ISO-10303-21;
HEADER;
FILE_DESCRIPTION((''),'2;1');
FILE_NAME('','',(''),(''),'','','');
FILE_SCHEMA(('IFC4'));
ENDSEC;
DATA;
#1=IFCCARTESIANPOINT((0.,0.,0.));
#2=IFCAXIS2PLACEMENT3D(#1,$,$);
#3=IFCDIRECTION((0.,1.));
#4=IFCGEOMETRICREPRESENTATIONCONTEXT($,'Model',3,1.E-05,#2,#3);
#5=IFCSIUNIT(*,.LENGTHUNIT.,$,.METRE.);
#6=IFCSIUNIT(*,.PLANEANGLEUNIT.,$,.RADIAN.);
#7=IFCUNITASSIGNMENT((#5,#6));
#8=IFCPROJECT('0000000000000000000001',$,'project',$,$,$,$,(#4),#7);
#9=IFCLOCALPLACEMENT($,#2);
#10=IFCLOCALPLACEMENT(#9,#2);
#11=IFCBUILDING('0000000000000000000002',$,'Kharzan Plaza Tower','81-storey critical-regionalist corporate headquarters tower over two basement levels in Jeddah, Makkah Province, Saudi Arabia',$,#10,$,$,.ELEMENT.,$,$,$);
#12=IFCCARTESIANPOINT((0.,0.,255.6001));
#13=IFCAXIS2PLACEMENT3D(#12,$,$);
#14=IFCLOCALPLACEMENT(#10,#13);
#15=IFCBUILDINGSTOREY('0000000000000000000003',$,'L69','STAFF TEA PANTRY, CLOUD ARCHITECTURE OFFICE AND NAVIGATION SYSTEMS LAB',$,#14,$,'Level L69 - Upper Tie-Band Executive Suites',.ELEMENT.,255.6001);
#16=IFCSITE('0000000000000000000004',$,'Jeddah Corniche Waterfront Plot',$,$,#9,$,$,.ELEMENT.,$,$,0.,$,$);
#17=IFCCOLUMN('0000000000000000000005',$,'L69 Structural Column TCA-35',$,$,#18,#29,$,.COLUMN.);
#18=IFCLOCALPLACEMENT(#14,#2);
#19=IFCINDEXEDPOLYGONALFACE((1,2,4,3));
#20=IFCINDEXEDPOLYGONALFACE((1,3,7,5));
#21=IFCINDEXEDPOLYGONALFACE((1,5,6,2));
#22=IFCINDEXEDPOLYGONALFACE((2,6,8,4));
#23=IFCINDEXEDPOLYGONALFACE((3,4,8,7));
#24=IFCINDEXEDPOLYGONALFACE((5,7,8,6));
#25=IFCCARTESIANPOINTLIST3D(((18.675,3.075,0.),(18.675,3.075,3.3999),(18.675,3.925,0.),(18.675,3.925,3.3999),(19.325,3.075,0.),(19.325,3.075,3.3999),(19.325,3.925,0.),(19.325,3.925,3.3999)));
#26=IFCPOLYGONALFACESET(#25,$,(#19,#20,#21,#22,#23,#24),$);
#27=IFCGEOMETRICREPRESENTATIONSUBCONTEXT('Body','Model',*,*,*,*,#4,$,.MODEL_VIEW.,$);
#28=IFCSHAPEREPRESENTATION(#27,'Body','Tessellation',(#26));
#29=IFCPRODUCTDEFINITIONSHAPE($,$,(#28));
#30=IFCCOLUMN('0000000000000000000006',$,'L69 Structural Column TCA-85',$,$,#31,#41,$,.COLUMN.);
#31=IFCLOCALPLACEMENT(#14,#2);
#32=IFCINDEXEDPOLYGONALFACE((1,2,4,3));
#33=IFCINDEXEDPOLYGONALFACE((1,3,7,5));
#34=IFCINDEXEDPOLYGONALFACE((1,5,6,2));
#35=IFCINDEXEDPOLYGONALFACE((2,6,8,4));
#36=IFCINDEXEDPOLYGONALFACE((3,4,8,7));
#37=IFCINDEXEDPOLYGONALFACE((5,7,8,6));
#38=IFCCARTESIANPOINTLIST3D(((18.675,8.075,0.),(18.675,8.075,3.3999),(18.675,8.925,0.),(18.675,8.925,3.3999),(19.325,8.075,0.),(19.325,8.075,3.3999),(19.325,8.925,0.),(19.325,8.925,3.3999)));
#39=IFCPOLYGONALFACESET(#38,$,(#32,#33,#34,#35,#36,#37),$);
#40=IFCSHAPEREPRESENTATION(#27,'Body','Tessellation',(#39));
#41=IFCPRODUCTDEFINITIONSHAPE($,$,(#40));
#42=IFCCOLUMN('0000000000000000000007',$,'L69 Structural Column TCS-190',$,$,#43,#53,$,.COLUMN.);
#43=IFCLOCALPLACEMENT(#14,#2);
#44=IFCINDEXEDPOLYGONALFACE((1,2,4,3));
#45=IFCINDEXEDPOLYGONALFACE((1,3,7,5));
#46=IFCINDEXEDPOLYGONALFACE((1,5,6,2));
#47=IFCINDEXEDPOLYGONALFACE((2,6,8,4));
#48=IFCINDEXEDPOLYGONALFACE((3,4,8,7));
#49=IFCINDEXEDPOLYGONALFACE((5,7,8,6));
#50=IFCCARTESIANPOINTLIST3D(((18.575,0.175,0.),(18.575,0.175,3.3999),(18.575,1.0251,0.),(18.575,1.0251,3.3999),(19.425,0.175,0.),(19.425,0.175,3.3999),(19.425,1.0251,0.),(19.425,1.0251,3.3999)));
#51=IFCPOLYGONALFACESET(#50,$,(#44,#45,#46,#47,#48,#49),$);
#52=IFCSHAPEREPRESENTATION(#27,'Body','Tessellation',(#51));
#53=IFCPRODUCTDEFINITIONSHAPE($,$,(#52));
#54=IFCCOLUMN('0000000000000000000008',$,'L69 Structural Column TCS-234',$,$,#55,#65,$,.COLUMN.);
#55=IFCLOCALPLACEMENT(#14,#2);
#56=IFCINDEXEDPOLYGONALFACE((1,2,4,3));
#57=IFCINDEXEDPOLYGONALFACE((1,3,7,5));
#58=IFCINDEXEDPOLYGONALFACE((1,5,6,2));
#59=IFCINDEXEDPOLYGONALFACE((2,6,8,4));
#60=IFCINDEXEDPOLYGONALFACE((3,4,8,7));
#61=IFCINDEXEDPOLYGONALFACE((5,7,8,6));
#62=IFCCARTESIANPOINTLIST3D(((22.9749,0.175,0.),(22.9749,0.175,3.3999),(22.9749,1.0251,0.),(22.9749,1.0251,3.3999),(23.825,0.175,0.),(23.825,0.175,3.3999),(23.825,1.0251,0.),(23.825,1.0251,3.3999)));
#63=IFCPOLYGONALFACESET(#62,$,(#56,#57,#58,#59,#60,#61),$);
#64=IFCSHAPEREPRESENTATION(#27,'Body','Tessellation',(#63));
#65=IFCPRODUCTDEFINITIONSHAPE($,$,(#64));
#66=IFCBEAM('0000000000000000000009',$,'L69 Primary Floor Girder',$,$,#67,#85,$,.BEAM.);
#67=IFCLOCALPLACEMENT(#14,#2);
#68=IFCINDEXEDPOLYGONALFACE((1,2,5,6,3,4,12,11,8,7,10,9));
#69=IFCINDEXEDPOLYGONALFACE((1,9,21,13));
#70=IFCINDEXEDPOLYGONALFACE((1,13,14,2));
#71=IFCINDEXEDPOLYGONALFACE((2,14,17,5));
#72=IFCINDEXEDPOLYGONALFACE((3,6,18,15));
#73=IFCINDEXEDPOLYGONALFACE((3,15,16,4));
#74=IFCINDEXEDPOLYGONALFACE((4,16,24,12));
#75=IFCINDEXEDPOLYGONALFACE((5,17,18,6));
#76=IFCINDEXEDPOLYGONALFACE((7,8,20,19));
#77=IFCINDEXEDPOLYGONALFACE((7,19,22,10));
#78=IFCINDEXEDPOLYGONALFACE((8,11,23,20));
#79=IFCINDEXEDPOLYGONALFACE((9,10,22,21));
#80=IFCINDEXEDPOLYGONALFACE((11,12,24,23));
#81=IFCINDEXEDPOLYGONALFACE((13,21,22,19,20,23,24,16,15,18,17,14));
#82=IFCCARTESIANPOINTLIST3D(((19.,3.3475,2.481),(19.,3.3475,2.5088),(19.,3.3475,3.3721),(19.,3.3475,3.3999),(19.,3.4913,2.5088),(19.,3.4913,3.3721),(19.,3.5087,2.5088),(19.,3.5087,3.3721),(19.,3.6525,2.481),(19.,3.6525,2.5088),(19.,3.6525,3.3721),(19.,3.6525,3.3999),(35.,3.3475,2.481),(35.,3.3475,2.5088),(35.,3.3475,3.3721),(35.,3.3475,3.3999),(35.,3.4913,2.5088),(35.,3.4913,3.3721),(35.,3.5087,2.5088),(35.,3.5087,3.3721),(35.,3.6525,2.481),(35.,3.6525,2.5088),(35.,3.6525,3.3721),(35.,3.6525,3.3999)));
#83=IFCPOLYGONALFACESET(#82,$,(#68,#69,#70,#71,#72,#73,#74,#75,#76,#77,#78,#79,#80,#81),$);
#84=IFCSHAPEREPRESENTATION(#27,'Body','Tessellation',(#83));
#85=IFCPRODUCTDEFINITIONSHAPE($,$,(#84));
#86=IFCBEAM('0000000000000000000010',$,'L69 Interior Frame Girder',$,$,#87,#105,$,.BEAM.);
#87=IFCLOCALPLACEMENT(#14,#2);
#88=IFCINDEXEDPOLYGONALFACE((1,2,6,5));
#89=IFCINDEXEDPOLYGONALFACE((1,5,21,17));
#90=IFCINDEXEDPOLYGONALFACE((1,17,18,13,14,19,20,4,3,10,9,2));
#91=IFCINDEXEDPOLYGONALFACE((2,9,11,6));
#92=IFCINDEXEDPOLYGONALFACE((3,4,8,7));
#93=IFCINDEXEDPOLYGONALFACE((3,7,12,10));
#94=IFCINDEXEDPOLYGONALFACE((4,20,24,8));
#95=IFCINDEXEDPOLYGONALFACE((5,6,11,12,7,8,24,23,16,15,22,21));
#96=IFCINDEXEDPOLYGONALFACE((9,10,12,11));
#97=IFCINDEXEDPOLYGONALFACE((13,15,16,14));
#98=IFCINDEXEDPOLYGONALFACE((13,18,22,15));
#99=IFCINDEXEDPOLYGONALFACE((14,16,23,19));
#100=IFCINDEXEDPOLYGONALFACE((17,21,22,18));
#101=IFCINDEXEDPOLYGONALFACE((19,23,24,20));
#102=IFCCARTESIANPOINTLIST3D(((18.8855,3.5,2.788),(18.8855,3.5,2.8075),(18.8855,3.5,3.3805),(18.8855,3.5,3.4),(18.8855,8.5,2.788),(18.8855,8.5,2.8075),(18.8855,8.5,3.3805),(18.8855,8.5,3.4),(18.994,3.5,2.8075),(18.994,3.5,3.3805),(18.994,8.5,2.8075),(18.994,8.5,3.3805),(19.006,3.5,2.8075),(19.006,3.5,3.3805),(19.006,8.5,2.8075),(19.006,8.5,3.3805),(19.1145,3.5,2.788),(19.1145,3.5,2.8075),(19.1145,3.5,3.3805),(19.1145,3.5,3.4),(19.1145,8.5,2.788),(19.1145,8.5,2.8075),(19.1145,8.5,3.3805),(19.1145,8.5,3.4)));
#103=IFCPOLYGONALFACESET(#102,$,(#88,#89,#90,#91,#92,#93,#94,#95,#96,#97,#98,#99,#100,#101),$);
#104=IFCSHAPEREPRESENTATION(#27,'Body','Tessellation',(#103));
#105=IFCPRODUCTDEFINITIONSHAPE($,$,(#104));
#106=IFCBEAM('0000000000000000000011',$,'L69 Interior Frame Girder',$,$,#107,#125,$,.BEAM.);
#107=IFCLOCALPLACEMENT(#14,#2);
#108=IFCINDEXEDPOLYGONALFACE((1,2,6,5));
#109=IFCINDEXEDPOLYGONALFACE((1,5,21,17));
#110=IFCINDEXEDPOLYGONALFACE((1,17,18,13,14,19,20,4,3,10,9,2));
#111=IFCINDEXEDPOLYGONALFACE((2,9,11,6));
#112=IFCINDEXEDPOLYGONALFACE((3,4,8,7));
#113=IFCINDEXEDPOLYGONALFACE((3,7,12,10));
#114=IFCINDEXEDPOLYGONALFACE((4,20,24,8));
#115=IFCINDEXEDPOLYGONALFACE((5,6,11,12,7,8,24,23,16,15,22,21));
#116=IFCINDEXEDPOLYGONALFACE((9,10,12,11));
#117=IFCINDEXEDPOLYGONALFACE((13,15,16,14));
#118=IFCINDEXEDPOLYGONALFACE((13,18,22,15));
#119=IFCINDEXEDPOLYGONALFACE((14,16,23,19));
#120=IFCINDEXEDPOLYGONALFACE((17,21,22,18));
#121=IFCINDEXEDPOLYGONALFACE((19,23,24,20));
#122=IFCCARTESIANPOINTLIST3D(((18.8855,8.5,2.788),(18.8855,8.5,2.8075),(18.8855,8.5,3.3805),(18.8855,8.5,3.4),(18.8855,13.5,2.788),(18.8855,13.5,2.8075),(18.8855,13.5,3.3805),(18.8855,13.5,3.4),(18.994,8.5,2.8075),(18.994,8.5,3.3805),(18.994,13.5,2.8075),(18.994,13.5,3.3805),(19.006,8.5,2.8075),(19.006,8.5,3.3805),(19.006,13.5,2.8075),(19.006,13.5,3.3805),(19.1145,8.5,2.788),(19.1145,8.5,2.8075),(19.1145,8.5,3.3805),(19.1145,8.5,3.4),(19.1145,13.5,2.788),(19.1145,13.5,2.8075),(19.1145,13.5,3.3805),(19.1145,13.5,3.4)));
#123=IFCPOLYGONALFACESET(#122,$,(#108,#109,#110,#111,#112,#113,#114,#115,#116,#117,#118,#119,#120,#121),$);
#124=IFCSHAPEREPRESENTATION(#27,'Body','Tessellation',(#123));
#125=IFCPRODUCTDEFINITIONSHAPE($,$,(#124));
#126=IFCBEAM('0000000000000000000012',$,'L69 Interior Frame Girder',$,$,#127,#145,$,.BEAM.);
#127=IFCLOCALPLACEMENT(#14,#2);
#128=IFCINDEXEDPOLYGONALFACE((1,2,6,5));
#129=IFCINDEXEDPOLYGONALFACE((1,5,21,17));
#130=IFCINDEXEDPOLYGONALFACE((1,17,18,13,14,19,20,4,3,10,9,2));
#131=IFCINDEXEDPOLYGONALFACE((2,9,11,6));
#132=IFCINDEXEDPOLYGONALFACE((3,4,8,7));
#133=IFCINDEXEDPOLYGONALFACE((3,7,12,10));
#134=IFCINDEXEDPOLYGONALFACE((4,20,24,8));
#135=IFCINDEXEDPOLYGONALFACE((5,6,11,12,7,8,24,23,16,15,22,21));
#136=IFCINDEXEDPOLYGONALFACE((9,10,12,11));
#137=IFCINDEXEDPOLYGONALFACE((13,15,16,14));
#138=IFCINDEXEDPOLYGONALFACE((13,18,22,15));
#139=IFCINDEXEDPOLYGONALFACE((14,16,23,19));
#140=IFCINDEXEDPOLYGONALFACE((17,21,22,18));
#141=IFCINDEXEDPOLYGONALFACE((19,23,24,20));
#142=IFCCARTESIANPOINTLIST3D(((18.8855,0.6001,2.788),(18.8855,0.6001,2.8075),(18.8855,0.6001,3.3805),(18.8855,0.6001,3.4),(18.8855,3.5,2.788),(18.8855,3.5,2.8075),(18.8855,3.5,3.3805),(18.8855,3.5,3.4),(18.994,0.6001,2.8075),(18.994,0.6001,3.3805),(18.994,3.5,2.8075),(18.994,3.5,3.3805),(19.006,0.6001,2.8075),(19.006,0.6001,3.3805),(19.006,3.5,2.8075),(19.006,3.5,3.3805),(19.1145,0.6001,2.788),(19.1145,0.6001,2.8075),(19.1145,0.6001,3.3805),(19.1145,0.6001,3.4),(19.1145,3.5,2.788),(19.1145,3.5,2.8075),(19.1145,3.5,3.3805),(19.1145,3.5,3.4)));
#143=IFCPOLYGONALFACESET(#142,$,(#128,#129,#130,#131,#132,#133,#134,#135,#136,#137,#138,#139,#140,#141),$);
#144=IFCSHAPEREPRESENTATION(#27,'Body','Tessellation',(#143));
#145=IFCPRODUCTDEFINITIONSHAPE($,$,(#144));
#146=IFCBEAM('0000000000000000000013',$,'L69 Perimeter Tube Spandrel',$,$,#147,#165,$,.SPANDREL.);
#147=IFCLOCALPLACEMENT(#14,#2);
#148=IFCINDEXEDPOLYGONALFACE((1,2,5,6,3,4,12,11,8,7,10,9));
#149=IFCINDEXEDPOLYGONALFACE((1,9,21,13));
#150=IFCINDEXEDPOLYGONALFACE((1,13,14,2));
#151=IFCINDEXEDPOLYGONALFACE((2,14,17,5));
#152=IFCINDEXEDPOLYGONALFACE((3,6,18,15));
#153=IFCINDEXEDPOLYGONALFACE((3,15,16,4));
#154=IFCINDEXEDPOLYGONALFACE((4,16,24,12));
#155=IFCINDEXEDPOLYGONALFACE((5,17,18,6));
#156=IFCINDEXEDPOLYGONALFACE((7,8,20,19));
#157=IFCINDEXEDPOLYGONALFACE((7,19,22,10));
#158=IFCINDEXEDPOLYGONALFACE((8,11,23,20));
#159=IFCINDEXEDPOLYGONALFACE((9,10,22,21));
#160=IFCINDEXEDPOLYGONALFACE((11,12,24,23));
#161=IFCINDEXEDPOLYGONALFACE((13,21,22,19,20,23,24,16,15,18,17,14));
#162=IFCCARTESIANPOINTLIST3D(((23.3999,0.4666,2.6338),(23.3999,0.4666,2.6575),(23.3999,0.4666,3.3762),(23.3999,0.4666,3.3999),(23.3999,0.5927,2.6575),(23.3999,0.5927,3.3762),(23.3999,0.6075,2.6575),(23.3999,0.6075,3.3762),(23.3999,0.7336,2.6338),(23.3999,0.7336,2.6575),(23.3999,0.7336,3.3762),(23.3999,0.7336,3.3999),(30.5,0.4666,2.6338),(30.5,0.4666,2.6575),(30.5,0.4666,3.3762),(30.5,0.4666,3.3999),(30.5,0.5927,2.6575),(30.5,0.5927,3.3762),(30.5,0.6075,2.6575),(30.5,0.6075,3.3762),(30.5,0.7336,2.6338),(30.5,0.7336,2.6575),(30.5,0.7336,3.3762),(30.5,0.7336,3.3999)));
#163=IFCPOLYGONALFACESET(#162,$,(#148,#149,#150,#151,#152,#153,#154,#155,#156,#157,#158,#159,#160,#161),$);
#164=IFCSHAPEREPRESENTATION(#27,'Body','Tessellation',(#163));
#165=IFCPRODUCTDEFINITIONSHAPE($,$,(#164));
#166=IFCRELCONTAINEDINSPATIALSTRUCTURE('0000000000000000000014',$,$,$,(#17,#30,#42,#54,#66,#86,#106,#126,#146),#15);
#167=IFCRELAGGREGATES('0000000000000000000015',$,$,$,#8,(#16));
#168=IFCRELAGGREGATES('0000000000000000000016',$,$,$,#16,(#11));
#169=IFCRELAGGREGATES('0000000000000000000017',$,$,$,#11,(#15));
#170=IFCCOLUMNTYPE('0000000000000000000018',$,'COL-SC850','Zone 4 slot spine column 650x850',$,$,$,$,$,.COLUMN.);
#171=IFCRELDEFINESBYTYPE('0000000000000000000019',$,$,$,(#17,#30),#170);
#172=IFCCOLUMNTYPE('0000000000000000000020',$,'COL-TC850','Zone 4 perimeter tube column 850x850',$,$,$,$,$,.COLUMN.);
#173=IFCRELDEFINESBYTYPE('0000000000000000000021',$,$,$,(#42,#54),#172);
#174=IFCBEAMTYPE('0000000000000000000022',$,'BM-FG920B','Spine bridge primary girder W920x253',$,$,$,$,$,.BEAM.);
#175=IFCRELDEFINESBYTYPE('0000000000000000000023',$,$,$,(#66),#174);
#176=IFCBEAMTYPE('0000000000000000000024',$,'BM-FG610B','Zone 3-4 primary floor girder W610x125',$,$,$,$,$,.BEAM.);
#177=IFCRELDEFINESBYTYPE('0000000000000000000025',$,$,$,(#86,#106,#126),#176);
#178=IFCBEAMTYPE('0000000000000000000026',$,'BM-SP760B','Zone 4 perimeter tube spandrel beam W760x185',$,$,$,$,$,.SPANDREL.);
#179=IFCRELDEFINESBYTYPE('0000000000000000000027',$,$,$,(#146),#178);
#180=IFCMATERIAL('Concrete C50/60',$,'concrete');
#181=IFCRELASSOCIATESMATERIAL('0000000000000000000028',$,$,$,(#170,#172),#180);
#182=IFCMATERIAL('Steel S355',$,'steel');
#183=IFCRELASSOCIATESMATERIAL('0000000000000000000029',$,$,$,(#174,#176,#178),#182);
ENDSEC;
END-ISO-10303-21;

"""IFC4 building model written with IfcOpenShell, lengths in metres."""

from ifc_helpers import new_model, si_unit, direction, frame, origin, origin_2d, place, context, subcontext, project, spatial, rectangle, i_section, extrude, source, transform, mapped, material, material_profile, profile_set, type_object, element, save


model = new_model("IFC4")

# Units and contexts
model_context = context("Model", 3, precision=1e-05, world=origin(), true_north=direction((0.0, 1.0)))
body_context = subcontext(model_context, "Body", "Model", "MODEL_VIEW")
ifc_project = project(units=[si_unit("LENGTHUNIT", "METRE"), si_unit("PLANEANGLEUNIT", "RADIAN")], contexts=[model_context])

# Site, building, storey
site_placement = place(None, origin())
site = spatial("IfcSite", under=ifc_project, at=site_placement, Name="Jeddah Corniche Waterfront Plot", CompositionType="ELEMENT", RefElevation=0.0)
building_placement = place(site_placement, origin())
building = spatial("IfcBuilding", under=site, at=building_placement, Name="Kharzan Plaza Tower", Description="81-storey critical-regionalist corporate headquarters tower over two basement levels in Jeddah, Makkah Province, Saudi Arabia", CompositionType="ELEMENT")
storey_placement = place(building_placement, frame((0.0, 0.0, 255.6001)))
storey = spatial("IfcBuildingStorey", under=building, at=storey_placement, Name="L69", Description="STAFF TEA PANTRY, CLOUD ARCHITECTURE OFFICE AND NAVIGATION SYSTEMS LAB", LongName="Level L69 - Upper Tie-Band Executive Suites", CompositionType="ELEMENT", Elevation=255.6001)

# Columns
ifc_material_1 = material(Name="Concrete C50/60", Category="concrete")
ifc_material_profile_1 = material_profile(ifc_material_1, rectangle(XDim=0.6499, YDim=0.8501, at=origin_2d()), Name="RC-SC850x650")
ifc_profile_set_1 = profile_set([ifc_material_profile_1], Name="Concrete C50/60")
column_type_1 = type_object("IfcColumnType", Name="COL-SC850", Description="Zone 4 slot spine column 650x850", PredefinedType="COLUMN", material=ifc_profile_set_1)
shared_shape_1 = source(origin(), body_context, "Body", "SweptSolid", [
    extrude(rectangle(XDim=0.6499, YDim=0.8501, at=origin_2d()), origin(), (0.0, 0.0, 1.0), 3.3999),
])
for number, where, z_axis, x_axis, name in (
    (1, (19.0, 3.5, 0.0), (0.0, 0.0, 1.0), (1.0, 0.0, 0.0), "L69 Structural Column TCA-35"),
    (2, (19.0, 8.5, 0.0), (0.0, 0.0, 1.0), (1.0, 0.0, 0.0), "L69 Structural Column TCA-85"),
):
    element("IfcColumn", number, at=place(storey_placement, frame(where, z_axis=z_axis, x_axis=x_axis)), inside=storey, type_object=column_type_1, Name=name, PredefinedType="COLUMN", context=body_context, shape_type="MappedRepresentation", body=[
        mapped(shared_shape_1, transform((0.0, 0.0, 0.0), x_axis=(1.0, 0.0, 0.0), y_axis=(0.0, 1.0, 0.0), z_axis=(0.0, 0.0, 1.0))),
    ])
ifc_material_profile_2 = material_profile(ifc_material_1, rectangle(XDim=0.8501, YDim=0.8501, at=origin_2d()), Name="RC-TC850x850")
ifc_profile_set_2 = profile_set([ifc_material_profile_2], Name="Concrete C50/60")
column_type_2 = type_object("IfcColumnType", Name="COL-TC850", Description="Zone 4 perimeter tube column 850x850", PredefinedType="COLUMN", material=ifc_profile_set_2)
shared_shape_2 = source(origin(), body_context, "Body", "SweptSolid", [
    extrude(rectangle(XDim=0.8501, YDim=0.8501, at=origin_2d()), origin(), (0.0, 0.0, 1.0), 3.3999),
])
for number, where, z_axis, x_axis, name in (
    (3, (19.0, 0.6001, 0.0), (0.0, 0.0, 1.0), (1.0, 0.0, 0.0), "L69 Structural Column TCS-190"),
    (4, (23.3999, 0.6001, 0.0), (0.0, 0.0, 1.0), (1.0, 0.0, 0.0), "L69 Structural Column TCS-234"),
):
    element("IfcColumn", number, at=place(storey_placement, frame(where, z_axis=z_axis, x_axis=x_axis)), inside=storey, type_object=column_type_2, Name=name, PredefinedType="COLUMN", context=body_context, shape_type="MappedRepresentation", body=[
        mapped(shared_shape_2, transform((0.0, 0.0, 0.0), x_axis=(1.0, 0.0, 0.0), y_axis=(0.0, 1.0, 0.0), z_axis=(0.0, 0.0, 1.0))),
    ])

# Beams
ifc_material_2 = material(Name="Steel S355", Category="steel")
ifc_material_profile_3 = material_profile(ifc_material_2, i_section(OverallWidth=0.3049, OverallDepth=0.9189, WebThickness=0.0173, FlangeThickness=0.0278, at=origin_2d()), Name="W920x253")
ifc_profile_set_3 = profile_set([ifc_material_profile_3], Name="Steel S355")
beam_type_1 = type_object("IfcBeamType", Name="BM-FG920B", Description="Spine bridge primary girder W920x253", PredefinedType="BEAM", material=ifc_profile_set_3)
shared_shape_3 = source(origin(), body_context, "Body", "SweptSolid", [
    extrude(i_section(OverallWidth=0.3049, OverallDepth=0.9189, WebThickness=0.0173, FlangeThickness=0.0278, at=origin_2d()), origin(), (0.0, 0.0, 1.0), 16.0),
])
beam_1_placement = place(storey_placement, frame((19.0, 3.5, 2.9404), z_axis=(1.0, 0.0, 0.0), x_axis=(0.0, 1.0, 0.0)))
element("IfcBeam", 5, at=beam_1_placement, inside=storey, type_object=beam_type_1, Name="L69 Primary Floor Girder", PredefinedType="BEAM", context=body_context, shape_type="MappedRepresentation", body=[
    mapped(shared_shape_3, transform((0.0, 0.0, 0.0), x_axis=(1.0, 0.0, 0.0), y_axis=(0.0, 1.0, 0.0), z_axis=(0.0, 0.0, 1.0))),
])
ifc_material_profile_4 = material_profile(ifc_material_2, i_section(OverallWidth=0.229, OverallDepth=0.6121, WebThickness=0.012, FlangeThickness=0.0195, at=origin_2d()), Name="W610x125")
ifc_profile_set_4 = profile_set([ifc_material_profile_4], Name="Steel S355")
beam_type_2 = type_object("IfcBeamType", Name="BM-FG610B", Description="Zone 3-4 primary floor girder W610x125", PredefinedType="BEAM", material=ifc_profile_set_4)
shared_shape_4 = source(origin(), body_context, "Body", "SweptSolid", [
    extrude(i_section(OverallWidth=0.229, OverallDepth=0.6121, WebThickness=0.012, FlangeThickness=0.0195, at=origin_2d()), origin(), (0.0, 0.0, 1.0), 5.0),
])
for number, where, z_axis, x_axis, name in (
    (6, (19.0, 3.5, 3.094), (0.0, 1.0, 0.0), (-1.0, 0.0, 0.0), "L69 Interior Frame Girder"),
    (7, (19.0, 8.5, 3.094), (0.0, 1.0, 0.0), (-1.0, 0.0, 0.0), "L69 Interior Frame Girder"),
):
    element("IfcBeam", number, at=place(storey_placement, frame(where, z_axis=z_axis, x_axis=x_axis)), inside=storey, type_object=beam_type_2, Name=name, PredefinedType="BEAM", context=body_context, shape_type="MappedRepresentation", body=[
        mapped(shared_shape_4, transform((0.0, 0.0, 0.0), x_axis=(1.0, 0.0, 0.0), y_axis=(0.0, 1.0, 0.0), z_axis=(0.0, 0.0, 1.0))),
    ])
shared_shape_5 = source(origin(), body_context, "Body", "SweptSolid", [
    extrude(i_section(OverallWidth=0.229, OverallDepth=0.6121, WebThickness=0.012, FlangeThickness=0.0195, at=origin_2d()), origin(), (0.0, 0.0, 1.0), 2.8999),
])
beam_2_placement = place(storey_placement, frame((19.0, 0.6001, 3.094), z_axis=(0.0, 1.0, 0.0), x_axis=(-1.0, 0.0, 0.0)))
element("IfcBeam", 8, at=beam_2_placement, inside=storey, type_object=beam_type_2, Name="L69 Interior Frame Girder", PredefinedType="BEAM", context=body_context, shape_type="MappedRepresentation", body=[
    mapped(shared_shape_5, transform((0.0, 0.0, 0.0), x_axis=(1.0, 0.0, 0.0), y_axis=(0.0, 1.0, 0.0), z_axis=(0.0, 0.0, 1.0))),
])
ifc_material_profile_5 = material_profile(ifc_material_2, i_section(OverallWidth=0.2671, OverallDepth=0.7661, WebThickness=0.0149, FlangeThickness=0.0237, at=origin_2d()), Name="W760x185")
ifc_profile_set_5 = profile_set([ifc_material_profile_5], Name="Steel S355")
beam_type_3 = type_object("IfcBeamType", Name="BM-SP760B", Description="Zone 4 perimeter tube spandrel beam W760x185", PredefinedType="SPANDREL", material=ifc_profile_set_5)
shared_shape_6 = source(origin(), body_context, "Body", "SweptSolid", [
    extrude(i_section(OverallWidth=0.2671, OverallDepth=0.7661, WebThickness=0.0149, FlangeThickness=0.0237, at=origin_2d()), origin(), (0.0, 0.0, 1.0), 7.1001),
])
beam_3_placement = place(storey_placement, frame((23.3999, 0.6001, 3.0168), z_axis=(1.0, 0.0, 0.0), x_axis=(0.0, 1.0, 0.0)))
element("IfcBeam", 9, at=beam_3_placement, inside=storey, type_object=beam_type_3, Name="L69 Perimeter Tube Spandrel", PredefinedType="SPANDREL", context=body_context, shape_type="MappedRepresentation", body=[
    mapped(shared_shape_6, transform((0.0, 0.0, 0.0), x_axis=(1.0, 0.0, 0.0), y_axis=(0.0, 1.0, 0.0), z_axis=(0.0, 0.0, 1.0))),
])

save(model, "model.ifc")
